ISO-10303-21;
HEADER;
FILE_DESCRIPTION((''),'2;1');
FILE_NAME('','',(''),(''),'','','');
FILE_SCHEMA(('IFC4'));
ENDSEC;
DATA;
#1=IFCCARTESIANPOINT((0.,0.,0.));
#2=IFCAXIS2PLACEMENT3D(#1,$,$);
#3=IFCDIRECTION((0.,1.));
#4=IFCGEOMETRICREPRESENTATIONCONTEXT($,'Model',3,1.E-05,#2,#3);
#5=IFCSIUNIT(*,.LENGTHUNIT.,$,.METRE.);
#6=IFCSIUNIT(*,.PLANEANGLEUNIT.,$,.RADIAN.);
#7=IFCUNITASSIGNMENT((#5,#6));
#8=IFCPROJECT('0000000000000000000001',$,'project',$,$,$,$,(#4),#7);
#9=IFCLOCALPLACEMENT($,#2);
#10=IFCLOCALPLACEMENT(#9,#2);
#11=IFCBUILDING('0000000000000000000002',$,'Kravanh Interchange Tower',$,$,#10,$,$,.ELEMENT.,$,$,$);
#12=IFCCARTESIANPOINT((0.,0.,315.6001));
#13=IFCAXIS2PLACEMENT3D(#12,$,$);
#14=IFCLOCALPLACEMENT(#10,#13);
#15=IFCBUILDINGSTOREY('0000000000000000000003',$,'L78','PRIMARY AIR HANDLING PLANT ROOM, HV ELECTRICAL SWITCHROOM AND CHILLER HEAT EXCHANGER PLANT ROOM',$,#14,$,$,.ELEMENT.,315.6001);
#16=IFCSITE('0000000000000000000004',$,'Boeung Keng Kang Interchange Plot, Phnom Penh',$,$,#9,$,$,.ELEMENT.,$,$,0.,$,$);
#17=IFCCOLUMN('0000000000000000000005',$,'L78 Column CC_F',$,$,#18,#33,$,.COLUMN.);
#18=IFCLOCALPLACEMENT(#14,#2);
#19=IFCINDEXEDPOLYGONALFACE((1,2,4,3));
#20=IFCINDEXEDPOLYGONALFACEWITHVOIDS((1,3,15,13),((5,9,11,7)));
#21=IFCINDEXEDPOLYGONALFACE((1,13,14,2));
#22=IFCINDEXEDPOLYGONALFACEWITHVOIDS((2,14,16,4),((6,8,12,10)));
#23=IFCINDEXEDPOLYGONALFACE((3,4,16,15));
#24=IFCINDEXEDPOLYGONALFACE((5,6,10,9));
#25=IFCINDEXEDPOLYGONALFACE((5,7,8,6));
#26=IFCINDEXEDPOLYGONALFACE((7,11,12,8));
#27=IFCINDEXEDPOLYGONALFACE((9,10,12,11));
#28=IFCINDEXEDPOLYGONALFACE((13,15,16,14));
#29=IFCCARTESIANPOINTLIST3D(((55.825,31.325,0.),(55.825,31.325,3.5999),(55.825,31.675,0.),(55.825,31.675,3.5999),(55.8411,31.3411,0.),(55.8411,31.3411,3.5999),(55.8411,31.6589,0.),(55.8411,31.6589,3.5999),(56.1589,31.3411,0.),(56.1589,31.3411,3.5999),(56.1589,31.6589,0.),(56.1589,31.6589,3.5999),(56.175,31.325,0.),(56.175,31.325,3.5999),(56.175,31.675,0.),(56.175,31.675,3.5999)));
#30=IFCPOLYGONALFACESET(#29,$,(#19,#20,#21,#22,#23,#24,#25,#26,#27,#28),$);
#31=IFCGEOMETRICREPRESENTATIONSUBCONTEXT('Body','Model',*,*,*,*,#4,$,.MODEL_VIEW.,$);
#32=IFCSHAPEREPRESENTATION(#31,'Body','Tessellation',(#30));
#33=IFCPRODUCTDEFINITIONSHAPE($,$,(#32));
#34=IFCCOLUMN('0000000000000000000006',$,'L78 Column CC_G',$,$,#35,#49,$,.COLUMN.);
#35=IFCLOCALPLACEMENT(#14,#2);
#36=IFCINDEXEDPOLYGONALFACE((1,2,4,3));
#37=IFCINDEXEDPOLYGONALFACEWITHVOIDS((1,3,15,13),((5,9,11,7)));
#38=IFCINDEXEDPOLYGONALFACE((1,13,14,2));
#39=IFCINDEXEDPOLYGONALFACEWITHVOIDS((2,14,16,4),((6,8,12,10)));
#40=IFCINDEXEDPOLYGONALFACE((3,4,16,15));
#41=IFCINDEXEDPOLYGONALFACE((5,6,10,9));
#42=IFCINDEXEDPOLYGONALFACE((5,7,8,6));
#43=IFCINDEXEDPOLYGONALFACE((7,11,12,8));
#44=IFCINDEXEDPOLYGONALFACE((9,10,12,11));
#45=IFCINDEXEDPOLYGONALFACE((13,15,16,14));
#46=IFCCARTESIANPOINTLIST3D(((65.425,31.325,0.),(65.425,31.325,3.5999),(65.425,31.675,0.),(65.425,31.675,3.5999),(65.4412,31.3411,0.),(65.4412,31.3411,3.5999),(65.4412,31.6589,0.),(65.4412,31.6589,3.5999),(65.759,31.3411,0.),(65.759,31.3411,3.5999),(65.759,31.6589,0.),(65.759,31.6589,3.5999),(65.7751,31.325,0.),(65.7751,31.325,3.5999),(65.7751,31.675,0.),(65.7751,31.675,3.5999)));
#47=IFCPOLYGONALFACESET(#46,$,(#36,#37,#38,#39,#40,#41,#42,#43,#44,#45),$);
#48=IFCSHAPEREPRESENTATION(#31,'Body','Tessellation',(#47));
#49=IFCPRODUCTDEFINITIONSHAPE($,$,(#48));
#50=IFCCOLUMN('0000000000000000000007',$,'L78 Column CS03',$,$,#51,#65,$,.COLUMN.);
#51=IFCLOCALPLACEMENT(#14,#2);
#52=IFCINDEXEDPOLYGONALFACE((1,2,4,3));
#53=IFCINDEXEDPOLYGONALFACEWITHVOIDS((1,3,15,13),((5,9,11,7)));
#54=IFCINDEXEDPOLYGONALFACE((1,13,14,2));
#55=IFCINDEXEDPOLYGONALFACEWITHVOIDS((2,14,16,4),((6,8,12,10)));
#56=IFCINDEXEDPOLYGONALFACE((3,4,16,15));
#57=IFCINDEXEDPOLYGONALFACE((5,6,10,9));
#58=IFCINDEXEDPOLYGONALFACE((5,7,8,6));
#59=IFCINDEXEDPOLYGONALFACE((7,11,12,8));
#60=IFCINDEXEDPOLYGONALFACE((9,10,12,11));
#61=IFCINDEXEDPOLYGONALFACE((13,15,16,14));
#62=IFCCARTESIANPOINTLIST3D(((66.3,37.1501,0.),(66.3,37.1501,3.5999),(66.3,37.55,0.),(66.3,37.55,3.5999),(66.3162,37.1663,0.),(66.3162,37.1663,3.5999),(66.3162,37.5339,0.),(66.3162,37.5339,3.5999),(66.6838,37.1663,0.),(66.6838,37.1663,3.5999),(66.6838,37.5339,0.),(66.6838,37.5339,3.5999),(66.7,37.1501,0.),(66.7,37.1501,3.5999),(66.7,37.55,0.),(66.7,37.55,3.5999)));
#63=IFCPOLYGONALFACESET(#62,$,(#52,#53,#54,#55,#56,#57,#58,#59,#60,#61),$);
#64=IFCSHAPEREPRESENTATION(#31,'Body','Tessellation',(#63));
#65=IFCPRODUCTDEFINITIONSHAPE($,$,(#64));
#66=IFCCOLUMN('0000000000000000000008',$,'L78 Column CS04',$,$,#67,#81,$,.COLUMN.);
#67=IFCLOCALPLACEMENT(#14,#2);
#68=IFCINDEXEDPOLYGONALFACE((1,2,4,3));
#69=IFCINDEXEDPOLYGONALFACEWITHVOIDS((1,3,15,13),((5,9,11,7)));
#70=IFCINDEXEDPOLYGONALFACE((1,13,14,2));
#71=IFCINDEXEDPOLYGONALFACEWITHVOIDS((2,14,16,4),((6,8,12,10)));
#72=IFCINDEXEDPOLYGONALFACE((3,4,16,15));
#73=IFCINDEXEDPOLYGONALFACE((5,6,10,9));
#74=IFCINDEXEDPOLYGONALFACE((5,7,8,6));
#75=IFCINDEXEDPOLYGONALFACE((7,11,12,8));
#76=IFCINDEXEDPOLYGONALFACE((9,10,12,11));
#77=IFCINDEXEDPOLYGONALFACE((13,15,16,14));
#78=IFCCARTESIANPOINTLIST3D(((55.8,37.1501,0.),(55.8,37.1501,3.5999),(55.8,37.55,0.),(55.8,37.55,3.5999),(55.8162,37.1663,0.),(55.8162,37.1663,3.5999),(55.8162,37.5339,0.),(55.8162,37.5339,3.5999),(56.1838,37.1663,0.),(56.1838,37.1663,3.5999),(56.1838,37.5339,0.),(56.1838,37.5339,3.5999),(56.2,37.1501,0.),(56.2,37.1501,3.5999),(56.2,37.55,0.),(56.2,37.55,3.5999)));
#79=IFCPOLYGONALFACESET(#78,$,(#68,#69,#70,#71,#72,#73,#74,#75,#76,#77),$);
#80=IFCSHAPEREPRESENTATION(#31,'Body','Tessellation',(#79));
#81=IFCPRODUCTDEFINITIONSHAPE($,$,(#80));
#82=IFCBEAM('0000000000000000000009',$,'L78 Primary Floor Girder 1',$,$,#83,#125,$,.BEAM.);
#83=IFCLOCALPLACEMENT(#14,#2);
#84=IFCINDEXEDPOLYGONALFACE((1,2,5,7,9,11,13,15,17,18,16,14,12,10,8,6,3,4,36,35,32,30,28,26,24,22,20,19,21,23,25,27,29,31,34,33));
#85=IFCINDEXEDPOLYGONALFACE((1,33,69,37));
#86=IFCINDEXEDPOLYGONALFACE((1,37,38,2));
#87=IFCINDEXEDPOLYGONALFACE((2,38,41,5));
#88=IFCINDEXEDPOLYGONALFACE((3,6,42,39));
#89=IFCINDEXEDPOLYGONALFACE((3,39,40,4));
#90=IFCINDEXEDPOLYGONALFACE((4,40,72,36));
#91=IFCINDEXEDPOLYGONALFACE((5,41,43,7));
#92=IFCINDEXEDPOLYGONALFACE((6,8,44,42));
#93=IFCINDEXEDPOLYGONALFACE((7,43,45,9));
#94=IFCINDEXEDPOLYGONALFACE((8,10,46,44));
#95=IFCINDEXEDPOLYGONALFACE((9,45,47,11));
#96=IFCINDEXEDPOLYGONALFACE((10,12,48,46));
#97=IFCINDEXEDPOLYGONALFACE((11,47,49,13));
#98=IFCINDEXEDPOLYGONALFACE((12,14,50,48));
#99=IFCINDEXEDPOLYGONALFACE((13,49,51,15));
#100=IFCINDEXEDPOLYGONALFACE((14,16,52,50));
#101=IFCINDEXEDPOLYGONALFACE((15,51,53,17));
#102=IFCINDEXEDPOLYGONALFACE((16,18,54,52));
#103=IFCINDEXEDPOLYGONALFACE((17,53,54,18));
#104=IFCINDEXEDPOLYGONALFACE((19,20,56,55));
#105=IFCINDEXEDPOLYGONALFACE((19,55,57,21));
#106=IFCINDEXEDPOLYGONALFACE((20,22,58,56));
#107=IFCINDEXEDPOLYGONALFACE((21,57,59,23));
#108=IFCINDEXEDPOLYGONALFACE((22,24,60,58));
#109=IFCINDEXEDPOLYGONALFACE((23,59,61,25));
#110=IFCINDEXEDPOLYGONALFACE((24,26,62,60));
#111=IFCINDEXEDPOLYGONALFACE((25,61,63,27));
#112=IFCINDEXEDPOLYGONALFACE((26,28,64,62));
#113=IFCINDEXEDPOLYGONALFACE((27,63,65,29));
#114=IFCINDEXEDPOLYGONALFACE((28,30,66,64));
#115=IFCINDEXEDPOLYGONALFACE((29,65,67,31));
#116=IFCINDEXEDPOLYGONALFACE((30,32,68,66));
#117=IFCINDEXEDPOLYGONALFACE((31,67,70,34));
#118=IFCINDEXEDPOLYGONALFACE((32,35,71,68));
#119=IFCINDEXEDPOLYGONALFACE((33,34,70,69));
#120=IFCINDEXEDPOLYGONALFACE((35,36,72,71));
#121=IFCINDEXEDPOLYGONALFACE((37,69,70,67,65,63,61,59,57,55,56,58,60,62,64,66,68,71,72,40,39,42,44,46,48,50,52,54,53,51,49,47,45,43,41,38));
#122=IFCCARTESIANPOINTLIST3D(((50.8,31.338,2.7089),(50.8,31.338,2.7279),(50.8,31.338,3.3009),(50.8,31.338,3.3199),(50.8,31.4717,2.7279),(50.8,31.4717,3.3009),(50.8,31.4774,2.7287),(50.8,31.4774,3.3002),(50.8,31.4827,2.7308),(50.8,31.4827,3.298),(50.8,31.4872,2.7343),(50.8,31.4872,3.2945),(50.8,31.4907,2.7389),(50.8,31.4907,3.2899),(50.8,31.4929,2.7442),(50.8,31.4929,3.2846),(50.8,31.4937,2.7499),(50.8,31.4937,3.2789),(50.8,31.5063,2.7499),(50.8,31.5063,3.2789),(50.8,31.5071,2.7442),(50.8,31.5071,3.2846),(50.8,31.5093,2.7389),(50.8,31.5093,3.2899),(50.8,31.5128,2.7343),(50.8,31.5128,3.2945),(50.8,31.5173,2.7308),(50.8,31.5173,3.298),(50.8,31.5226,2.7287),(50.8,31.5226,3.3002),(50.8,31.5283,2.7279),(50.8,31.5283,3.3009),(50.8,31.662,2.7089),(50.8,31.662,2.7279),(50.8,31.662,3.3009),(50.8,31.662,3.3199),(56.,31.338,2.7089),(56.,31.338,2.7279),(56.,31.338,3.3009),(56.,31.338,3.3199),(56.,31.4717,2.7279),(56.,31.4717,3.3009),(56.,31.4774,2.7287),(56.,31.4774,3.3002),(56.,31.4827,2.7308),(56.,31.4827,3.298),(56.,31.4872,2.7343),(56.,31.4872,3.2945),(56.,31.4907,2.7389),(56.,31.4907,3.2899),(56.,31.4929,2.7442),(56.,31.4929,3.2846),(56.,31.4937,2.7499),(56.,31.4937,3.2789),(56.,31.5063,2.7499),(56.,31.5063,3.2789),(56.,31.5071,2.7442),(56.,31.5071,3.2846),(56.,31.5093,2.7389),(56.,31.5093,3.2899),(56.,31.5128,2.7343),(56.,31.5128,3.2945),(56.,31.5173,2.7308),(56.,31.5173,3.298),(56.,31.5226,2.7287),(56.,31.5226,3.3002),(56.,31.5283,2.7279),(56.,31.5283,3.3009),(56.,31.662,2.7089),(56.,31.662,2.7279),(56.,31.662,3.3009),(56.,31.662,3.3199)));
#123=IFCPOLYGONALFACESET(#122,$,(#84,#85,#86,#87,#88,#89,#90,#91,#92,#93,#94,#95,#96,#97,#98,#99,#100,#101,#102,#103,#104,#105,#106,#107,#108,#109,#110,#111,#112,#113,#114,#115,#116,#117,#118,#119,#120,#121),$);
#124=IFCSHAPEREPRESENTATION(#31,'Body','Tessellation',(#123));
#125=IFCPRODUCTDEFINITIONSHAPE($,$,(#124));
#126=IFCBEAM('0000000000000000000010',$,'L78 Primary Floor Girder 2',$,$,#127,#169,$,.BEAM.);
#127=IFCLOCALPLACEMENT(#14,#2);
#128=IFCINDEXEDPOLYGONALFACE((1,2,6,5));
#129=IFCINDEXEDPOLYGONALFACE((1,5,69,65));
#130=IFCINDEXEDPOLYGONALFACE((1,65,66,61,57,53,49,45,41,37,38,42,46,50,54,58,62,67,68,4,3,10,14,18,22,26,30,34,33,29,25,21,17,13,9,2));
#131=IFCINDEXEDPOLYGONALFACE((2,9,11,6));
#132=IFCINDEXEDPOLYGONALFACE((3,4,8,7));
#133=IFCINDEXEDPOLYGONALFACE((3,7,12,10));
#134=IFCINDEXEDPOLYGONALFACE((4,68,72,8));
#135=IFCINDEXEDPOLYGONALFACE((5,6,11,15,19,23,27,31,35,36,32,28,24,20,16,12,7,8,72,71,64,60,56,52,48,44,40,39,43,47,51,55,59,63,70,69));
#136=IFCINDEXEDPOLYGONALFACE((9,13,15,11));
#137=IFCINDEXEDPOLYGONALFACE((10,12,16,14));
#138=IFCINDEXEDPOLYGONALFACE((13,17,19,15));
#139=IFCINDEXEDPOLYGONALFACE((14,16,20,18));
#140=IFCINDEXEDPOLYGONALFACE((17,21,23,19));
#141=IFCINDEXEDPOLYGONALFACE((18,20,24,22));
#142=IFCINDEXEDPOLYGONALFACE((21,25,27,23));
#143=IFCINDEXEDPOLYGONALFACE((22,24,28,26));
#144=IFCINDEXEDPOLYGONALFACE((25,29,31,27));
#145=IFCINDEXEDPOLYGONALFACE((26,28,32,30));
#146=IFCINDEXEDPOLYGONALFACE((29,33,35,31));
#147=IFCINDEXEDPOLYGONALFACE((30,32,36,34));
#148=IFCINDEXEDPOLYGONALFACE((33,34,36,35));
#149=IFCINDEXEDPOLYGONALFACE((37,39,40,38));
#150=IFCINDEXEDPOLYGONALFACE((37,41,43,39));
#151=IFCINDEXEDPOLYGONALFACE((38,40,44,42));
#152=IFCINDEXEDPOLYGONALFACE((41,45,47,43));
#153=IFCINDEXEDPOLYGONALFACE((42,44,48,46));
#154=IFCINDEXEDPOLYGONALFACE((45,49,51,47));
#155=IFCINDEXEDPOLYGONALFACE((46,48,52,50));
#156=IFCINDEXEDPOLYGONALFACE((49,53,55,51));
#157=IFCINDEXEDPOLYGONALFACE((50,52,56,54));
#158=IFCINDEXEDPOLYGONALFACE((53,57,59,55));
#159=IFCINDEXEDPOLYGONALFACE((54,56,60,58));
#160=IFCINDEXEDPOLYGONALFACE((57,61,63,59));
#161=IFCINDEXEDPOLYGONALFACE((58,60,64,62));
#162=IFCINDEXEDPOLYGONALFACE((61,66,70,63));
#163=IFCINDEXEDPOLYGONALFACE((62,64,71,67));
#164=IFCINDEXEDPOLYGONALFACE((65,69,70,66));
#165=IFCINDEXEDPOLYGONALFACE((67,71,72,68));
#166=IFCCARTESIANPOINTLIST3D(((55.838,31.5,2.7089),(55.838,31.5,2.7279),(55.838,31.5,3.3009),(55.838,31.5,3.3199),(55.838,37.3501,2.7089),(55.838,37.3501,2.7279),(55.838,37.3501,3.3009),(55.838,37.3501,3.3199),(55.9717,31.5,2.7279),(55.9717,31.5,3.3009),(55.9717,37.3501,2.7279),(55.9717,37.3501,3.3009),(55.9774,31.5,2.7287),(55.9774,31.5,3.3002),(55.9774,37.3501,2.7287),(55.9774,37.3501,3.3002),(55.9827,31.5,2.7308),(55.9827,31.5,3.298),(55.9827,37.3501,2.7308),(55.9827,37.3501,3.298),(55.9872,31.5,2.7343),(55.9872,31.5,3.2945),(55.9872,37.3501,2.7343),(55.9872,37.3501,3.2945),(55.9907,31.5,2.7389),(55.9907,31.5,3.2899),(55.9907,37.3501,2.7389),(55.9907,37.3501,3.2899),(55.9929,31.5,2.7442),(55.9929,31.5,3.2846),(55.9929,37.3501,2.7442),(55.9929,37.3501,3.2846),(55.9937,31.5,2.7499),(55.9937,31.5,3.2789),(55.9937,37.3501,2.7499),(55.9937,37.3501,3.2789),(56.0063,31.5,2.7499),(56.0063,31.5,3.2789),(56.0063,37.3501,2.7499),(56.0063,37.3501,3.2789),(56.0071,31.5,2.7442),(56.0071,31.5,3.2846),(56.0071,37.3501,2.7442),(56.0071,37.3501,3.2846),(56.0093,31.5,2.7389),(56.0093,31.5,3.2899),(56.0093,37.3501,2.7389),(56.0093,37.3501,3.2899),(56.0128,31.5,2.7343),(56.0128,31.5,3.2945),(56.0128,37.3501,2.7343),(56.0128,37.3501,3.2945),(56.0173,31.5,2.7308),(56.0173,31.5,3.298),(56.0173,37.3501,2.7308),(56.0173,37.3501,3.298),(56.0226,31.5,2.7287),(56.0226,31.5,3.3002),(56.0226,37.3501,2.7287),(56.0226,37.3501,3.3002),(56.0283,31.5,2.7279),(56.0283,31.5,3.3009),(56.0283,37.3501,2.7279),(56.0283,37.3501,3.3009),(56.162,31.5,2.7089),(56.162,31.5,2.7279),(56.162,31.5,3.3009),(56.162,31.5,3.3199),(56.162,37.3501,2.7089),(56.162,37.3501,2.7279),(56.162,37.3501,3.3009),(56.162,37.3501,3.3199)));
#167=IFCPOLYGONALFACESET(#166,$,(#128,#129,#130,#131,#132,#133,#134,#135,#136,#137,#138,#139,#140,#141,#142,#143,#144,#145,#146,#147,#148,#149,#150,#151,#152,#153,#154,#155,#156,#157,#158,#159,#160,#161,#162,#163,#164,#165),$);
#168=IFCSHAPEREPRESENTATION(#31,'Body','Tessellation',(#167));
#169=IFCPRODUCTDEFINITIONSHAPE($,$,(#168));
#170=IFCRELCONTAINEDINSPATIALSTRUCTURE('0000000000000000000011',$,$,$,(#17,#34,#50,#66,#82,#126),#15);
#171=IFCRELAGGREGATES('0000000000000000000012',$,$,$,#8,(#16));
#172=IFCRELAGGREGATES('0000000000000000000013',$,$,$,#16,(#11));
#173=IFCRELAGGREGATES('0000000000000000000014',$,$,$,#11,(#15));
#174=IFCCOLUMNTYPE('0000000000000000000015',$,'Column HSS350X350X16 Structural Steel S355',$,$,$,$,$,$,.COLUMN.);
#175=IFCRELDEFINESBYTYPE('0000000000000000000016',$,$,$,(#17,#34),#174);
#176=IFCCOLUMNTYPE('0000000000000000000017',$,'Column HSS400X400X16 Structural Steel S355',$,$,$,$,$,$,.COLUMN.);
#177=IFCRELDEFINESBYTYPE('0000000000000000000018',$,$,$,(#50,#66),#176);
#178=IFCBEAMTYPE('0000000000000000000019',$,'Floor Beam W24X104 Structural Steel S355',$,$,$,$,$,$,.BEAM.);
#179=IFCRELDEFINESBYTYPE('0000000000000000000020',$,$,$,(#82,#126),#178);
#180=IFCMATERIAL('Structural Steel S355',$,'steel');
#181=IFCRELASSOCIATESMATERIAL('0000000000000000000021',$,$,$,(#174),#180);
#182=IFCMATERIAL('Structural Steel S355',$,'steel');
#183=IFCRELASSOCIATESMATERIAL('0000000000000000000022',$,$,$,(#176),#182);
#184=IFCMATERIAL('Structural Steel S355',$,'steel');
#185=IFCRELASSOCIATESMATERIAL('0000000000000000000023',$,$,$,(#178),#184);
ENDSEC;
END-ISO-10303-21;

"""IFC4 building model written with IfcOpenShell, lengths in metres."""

from ifc_helpers import new_model, si_unit, direction, frame, origin, origin_2d, place, context, subcontext, project, spatial, hollow_rectangle, i_section, extrude, material, material_profile, profile_set, type_object, element, save


model = new_model("IFC4")

# Units and contexts
model_context = context("Model", 3, precision=1e-05, world=origin(), true_north=direction((0.0, 1.0)))
body_context = subcontext(model_context, "Body", "Model", "MODEL_VIEW")
ifc_project = project(units=[si_unit("LENGTHUNIT", "METRE"), si_unit("PLANEANGLEUNIT", "RADIAN")], contexts=[model_context])

# Site, building, storey
site_placement = place(None, origin())
site = spatial("IfcSite", under=ifc_project, at=site_placement, Name="Boeung Keng Kang Interchange Plot, Phnom Penh", CompositionType="ELEMENT", RefElevation=0.0)
building_placement = place(site_placement, origin())
building = spatial("IfcBuilding", under=site, at=building_placement, Name="Kravanh Interchange Tower", CompositionType="ELEMENT")
storey_placement = place(building_placement, frame((0.0, 0.0, 315.6001)))
storey = spatial("IfcBuildingStorey", under=building, at=storey_placement, Name="L78", Description="PRIMARY AIR HANDLING PLANT ROOM, HV ELECTRICAL SWITCHROOM AND CHILLER HEAT EXCHANGER PLANT ROOM", CompositionType="ELEMENT", Elevation=315.6001)

# Columns
ifc_material_1 = material(Name="Structural Steel S355", Category="steel")
ifc_material_profile_1 = material_profile(ifc_material_1, hollow_rectangle(XDim=0.3501, YDim=0.3501, WallThickness=0.0161, at=origin_2d()), Name="HSS350X350X16")
ifc_profile_set_1 = profile_set([ifc_material_profile_1], Name="Structural Steel S355")
column_type_1 = type_object("IfcColumnType", Name="Column HSS350X350X16 Structural Steel S355", PredefinedType="COLUMN", material=ifc_profile_set_1)
for number, where, z_axis, x_axis, name in (
    (1, (56.0, 31.5, 0.0), (0.0, 0.0, 1.0), (1.0, 0.0, 0.0), "L78 Column CC_F"),
    (2, (65.6001, 31.5, 0.0), (0.0, 0.0, 1.0), (1.0, 0.0, 0.0), "L78 Column CC_G"),
):
    element("IfcColumn", number, at=place(storey_placement, frame(where, z_axis=z_axis, x_axis=x_axis)), inside=storey, type_object=column_type_1, Name=name, PredefinedType="COLUMN", context=body_context, shape_type="SweptSolid", body=[
        extrude(hollow_rectangle(XDim=0.3501, YDim=0.3501, WallThickness=0.0161, at=origin_2d()), origin(), (0.0, 0.0, 1.0), 3.5999),
    ])
ifc_material_2 = material(Name="Structural Steel S355", Category="steel")
ifc_material_profile_2 = material_profile(ifc_material_2, hollow_rectangle(XDim=0.3999, YDim=0.3999, WallThickness=0.0161, at=origin_2d()), Name="HSS400X400X16")
ifc_profile_set_2 = profile_set([ifc_material_profile_2], Name="Structural Steel S355")
column_type_2 = type_object("IfcColumnType", Name="Column HSS400X400X16 Structural Steel S355", PredefinedType="COLUMN", material=ifc_profile_set_2)
for number, where, z_axis, x_axis, name in (
    (3, (66.5, 37.3501, 0.0), (0.0, 0.0, 1.0), (1.0, 0.0, 0.0), "L78 Column CS03"),
    (4, (56.0, 37.3501, 0.0), (0.0, 0.0, 1.0), (1.0, 0.0, 0.0), "L78 Column CS04"),
):
    element("IfcColumn", number, at=place(storey_placement, frame(where, z_axis=z_axis, x_axis=x_axis)), inside=storey, type_object=column_type_2, Name=name, PredefinedType="COLUMN", context=body_context, shape_type="SweptSolid", body=[
        extrude(hollow_rectangle(XDim=0.3999, YDim=0.3999, WallThickness=0.0161, at=origin_2d()), origin(), (0.0, 0.0, 1.0), 3.5999),
    ])

# Beams
ifc_material_3 = material(Name="Structural Steel S355", Category="steel")
ifc_material_profile_3 = material_profile(ifc_material_3, i_section(OverallWidth=0.324, OverallDepth=0.6111, WebThickness=0.0127, FlangeThickness=0.019, FilletRadius=0.022, at=origin_2d()), Name="W24X104")
ifc_profile_set_3 = profile_set([ifc_material_profile_3], Name="Structural Steel S355")
beam_type_1 = type_object("IfcBeamType", Name="Floor Beam W24X104 Structural Steel S355", PredefinedType="BEAM", material=ifc_profile_set_3)
beam_1_placement = place(storey_placement, frame((56.0, 31.5, 3.0144), z_axis=(-1.0, 0.0, 0.0), x_axis=(0.0, -1.0, 0.0)))
element("IfcBeam", 5, at=beam_1_placement, inside=storey, type_object=beam_type_1, Name="L78 Primary Floor Girder 1", PredefinedType="BEAM", context=body_context, shape_type="SweptSolid", body=[
    extrude(i_section(OverallWidth=0.324, OverallDepth=0.6111, WebThickness=0.0127, FlangeThickness=0.019, FilletRadius=0.022, at=origin_2d()), origin(), (0.0, 0.0, 1.0), 5.2),
])
beam_2_placement = place(storey_placement, frame((56.0, 31.5, 3.0144), z_axis=(0.0, 1.0, 0.0), x_axis=(-1.0, 0.0, 0.0)))
element("IfcBeam", 6, at=beam_2_placement, inside=storey, type_object=beam_type_1, Name="L78 Primary Floor Girder 2", PredefinedType="BEAM", context=body_context, shape_type="SweptSolid", body=[
    extrude(i_section(OverallWidth=0.324, OverallDepth=0.6111, WebThickness=0.0127, FlangeThickness=0.019, FilletRadius=0.022, at=origin_2d()), origin(), (0.0, 0.0, 1.0), 5.8501),
])

save(model, "model.ifc")
